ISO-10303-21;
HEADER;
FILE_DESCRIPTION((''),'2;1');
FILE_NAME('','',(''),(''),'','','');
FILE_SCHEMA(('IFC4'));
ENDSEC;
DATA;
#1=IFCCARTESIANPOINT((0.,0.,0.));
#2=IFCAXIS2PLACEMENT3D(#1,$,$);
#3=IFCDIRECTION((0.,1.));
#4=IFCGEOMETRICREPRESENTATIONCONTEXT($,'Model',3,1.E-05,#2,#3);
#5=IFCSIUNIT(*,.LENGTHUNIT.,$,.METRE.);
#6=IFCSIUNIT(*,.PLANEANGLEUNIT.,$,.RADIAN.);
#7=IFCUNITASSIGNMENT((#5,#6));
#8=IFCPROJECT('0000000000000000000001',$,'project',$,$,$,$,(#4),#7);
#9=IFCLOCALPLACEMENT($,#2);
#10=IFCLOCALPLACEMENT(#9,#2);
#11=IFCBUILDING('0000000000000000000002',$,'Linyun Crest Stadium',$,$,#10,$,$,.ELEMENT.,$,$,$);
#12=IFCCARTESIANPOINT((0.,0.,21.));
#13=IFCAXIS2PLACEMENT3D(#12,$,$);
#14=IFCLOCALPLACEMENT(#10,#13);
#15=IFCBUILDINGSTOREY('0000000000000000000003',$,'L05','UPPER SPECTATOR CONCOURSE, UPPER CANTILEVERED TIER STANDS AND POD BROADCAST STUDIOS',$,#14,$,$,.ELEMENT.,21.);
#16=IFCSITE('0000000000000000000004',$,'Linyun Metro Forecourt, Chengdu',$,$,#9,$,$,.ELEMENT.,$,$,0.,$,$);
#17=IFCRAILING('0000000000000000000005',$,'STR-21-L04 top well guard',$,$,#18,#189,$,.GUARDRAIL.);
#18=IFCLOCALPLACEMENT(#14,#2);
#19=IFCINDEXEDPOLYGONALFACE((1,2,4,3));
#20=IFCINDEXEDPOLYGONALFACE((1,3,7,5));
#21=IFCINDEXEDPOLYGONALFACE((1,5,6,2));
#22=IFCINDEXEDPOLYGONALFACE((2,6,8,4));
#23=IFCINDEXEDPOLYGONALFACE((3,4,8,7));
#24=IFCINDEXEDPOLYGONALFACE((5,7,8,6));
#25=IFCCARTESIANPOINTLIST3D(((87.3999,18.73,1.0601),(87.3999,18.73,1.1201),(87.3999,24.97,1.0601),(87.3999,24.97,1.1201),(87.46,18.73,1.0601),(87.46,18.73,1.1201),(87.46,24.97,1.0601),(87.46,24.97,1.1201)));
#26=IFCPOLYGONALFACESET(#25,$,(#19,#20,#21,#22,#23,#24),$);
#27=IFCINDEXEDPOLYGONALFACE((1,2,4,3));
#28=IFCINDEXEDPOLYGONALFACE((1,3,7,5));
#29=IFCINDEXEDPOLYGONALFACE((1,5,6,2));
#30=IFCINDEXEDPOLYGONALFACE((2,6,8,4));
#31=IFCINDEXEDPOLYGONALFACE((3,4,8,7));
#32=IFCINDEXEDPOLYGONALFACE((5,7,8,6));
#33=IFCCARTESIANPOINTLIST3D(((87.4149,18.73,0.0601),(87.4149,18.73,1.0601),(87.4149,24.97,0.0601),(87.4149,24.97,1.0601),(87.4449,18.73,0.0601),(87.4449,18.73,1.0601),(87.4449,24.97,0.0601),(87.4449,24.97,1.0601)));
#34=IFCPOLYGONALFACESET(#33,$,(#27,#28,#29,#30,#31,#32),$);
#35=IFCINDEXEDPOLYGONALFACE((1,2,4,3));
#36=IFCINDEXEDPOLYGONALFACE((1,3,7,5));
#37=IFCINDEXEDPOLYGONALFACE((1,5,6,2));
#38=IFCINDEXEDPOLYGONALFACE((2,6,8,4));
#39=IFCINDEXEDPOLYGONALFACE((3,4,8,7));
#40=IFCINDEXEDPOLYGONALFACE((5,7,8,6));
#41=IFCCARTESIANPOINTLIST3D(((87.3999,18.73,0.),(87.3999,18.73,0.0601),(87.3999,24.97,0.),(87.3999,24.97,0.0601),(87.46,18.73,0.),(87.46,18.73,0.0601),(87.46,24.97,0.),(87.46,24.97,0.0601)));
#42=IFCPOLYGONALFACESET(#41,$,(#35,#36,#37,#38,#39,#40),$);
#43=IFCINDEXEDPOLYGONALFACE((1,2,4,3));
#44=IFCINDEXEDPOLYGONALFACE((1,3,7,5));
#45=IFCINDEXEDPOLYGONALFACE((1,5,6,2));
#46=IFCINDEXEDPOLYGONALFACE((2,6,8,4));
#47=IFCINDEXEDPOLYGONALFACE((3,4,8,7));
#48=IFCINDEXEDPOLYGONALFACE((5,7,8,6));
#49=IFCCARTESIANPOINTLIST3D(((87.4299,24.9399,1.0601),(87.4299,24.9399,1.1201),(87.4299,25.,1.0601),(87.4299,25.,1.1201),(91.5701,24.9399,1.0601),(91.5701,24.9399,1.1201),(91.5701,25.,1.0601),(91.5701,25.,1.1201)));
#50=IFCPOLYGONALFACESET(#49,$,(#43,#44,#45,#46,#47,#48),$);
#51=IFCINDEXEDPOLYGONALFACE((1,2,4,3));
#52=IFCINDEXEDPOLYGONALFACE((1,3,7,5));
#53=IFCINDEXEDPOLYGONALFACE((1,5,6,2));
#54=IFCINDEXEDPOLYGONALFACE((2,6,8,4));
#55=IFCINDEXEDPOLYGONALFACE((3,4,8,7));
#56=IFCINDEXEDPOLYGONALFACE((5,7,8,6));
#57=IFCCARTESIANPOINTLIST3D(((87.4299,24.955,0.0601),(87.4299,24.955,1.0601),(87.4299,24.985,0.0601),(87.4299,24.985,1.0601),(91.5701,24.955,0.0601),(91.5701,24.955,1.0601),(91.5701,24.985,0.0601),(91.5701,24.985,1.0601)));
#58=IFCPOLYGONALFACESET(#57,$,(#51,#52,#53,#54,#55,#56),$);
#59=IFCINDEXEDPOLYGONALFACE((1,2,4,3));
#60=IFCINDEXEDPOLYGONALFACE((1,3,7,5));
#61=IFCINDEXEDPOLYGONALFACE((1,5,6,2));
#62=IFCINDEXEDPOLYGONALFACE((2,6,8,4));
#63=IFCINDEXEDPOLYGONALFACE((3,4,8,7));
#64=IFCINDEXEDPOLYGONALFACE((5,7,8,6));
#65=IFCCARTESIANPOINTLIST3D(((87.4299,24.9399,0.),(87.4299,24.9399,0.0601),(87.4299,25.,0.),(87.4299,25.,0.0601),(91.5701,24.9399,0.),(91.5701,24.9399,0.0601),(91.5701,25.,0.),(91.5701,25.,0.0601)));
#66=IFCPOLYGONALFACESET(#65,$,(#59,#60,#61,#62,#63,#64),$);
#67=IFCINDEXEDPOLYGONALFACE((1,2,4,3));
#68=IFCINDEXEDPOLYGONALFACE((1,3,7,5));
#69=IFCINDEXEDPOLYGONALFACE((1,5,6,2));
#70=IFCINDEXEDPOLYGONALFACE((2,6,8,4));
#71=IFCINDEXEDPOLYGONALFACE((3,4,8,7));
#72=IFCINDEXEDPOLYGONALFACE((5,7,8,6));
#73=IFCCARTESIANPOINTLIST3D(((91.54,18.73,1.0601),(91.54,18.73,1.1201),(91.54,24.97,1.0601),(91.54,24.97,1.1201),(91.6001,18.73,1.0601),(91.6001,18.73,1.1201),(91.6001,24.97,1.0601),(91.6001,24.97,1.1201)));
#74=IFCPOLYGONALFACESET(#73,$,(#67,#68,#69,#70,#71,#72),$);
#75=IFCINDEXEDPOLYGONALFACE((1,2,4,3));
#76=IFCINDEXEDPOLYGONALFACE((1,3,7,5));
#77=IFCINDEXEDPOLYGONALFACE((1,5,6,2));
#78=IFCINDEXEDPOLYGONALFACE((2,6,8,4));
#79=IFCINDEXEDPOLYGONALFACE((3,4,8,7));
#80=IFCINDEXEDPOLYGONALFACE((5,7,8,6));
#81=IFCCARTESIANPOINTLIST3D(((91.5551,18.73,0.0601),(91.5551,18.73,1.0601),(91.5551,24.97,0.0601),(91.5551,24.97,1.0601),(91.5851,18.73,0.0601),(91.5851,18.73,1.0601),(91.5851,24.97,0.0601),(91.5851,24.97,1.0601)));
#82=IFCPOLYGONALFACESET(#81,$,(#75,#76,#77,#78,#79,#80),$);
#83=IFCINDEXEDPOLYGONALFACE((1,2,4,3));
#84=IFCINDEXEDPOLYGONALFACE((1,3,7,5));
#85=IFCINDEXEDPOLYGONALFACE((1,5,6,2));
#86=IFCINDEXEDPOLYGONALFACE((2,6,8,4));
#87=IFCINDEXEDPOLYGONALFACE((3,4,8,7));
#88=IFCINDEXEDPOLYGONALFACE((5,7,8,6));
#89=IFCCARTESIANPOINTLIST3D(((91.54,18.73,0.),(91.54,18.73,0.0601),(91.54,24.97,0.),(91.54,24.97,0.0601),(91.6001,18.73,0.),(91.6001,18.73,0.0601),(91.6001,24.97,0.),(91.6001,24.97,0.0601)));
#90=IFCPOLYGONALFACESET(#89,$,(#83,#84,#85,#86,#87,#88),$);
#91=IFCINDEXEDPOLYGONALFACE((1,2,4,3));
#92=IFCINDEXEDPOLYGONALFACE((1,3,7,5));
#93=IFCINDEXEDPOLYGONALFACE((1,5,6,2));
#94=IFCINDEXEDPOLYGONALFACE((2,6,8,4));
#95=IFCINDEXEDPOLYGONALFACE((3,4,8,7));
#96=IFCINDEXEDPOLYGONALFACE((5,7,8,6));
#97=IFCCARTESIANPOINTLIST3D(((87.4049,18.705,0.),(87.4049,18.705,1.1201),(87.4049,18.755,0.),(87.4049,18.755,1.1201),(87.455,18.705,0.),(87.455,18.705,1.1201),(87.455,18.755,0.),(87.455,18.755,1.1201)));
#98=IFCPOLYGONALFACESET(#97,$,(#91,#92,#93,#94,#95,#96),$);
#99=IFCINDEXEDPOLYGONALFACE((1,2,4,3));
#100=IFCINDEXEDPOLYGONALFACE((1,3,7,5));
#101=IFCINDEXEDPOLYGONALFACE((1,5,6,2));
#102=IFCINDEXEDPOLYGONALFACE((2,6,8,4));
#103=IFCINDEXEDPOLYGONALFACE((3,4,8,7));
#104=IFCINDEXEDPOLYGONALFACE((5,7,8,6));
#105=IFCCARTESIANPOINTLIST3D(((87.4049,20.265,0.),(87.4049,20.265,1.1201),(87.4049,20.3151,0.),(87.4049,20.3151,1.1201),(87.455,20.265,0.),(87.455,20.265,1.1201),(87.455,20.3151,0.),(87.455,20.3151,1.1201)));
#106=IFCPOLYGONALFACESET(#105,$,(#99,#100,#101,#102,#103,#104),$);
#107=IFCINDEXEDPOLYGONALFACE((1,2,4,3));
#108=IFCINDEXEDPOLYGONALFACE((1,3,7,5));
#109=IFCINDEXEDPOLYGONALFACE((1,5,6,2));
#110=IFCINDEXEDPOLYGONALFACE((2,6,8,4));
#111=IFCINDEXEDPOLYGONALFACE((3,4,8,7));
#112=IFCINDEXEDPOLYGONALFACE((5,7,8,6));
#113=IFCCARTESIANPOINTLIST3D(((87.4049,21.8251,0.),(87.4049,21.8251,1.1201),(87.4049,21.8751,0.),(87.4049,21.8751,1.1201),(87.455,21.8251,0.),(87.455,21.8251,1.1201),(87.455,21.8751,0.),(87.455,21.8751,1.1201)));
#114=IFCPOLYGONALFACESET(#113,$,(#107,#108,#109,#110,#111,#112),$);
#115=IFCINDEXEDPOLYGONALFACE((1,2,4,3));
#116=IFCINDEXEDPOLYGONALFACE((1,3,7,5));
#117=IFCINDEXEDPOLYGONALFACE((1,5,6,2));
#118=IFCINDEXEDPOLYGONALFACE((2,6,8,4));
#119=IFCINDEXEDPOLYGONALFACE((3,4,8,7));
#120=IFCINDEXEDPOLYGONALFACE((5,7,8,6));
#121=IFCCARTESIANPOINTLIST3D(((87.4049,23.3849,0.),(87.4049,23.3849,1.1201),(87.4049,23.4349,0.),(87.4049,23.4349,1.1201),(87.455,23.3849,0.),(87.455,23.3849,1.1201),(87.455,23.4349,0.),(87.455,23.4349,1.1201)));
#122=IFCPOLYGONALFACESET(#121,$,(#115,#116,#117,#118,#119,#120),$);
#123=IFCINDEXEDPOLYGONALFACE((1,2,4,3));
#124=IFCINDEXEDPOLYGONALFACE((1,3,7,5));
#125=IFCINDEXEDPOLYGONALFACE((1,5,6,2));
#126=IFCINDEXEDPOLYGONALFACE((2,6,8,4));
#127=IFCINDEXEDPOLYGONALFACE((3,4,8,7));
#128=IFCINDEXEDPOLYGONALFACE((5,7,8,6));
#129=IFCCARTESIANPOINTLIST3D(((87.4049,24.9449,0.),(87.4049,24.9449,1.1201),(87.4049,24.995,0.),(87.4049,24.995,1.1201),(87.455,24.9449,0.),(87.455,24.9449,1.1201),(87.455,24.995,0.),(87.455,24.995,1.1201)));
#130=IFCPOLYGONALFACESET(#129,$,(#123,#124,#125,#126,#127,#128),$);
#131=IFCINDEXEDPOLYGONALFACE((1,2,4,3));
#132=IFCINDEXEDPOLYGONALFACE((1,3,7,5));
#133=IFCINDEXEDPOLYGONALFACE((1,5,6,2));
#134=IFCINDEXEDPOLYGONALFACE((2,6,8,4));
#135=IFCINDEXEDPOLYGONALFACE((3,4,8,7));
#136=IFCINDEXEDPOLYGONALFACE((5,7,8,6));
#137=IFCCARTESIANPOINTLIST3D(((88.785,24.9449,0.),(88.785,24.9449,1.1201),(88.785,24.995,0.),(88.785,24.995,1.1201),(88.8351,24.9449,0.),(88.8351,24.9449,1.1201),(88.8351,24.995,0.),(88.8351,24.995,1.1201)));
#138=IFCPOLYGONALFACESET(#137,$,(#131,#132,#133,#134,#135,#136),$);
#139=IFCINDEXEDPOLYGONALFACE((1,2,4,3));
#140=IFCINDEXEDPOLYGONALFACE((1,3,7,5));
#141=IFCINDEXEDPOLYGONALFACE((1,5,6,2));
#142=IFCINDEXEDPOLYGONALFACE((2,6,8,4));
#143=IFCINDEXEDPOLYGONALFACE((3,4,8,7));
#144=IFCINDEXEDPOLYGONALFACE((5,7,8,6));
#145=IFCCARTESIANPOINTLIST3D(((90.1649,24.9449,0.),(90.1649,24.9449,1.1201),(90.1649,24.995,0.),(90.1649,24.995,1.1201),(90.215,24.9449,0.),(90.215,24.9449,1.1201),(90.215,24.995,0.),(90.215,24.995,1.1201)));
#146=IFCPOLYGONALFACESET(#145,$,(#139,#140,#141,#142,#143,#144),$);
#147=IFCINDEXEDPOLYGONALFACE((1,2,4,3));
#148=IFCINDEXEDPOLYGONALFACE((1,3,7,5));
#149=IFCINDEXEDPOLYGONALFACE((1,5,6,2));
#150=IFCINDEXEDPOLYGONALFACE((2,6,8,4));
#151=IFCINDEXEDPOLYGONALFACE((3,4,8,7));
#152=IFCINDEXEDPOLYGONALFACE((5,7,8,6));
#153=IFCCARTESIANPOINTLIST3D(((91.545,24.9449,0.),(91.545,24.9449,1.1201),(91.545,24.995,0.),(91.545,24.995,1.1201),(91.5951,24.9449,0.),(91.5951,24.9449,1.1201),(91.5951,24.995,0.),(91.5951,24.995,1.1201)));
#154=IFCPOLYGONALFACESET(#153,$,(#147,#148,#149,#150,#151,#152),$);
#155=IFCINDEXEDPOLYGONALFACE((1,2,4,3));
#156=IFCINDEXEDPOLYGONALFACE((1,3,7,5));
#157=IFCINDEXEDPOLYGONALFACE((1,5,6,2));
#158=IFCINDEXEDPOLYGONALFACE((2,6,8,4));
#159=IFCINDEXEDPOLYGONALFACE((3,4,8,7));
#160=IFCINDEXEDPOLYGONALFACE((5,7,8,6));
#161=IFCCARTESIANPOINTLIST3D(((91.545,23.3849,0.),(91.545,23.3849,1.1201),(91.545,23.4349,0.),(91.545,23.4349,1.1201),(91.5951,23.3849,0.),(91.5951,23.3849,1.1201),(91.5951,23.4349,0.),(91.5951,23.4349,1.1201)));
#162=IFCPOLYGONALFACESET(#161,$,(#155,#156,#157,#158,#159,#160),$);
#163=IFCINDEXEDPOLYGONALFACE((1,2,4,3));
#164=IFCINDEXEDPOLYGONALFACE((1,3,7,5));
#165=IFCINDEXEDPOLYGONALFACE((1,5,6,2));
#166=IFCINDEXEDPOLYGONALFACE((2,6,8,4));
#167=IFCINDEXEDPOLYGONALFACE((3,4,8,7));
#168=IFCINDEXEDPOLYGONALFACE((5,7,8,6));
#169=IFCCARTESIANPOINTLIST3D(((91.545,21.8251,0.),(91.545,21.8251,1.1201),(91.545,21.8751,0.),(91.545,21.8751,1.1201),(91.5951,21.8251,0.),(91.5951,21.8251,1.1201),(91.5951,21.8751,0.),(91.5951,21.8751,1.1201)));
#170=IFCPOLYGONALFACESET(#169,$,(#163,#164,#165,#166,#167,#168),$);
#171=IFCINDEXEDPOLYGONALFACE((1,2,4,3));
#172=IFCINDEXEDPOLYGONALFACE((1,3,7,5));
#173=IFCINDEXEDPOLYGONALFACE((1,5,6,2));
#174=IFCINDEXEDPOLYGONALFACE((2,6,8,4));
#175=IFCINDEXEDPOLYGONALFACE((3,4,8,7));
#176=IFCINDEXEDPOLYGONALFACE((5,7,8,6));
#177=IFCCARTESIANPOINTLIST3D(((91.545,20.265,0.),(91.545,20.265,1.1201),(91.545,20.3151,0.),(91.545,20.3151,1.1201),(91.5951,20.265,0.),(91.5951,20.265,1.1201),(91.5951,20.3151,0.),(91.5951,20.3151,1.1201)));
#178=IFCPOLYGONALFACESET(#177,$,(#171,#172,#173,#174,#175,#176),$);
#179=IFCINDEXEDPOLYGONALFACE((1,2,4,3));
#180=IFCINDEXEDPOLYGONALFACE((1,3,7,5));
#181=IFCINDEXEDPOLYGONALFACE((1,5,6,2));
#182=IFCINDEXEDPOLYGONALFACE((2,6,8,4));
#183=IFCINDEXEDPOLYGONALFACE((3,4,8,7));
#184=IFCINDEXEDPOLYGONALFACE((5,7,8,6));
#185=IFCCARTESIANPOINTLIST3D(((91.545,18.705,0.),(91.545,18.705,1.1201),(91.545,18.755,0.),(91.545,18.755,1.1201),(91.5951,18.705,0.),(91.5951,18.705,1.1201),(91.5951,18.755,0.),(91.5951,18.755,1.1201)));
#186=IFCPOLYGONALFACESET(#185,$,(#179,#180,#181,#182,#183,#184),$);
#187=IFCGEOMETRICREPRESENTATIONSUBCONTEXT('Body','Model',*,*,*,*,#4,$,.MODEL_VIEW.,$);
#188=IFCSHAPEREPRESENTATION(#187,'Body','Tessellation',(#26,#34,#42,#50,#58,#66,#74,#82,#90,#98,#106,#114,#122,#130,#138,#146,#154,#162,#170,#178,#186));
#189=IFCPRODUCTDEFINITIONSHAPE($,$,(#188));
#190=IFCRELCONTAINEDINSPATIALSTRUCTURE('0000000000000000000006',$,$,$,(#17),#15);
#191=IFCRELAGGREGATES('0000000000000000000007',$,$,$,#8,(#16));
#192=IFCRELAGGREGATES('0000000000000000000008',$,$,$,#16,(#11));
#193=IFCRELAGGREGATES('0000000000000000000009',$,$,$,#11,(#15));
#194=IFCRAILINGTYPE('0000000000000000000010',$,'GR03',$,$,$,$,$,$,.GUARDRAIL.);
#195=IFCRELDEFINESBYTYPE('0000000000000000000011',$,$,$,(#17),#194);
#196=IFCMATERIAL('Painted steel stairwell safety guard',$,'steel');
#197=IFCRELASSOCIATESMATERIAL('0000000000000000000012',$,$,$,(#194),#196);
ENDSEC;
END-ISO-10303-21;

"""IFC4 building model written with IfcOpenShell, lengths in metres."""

from ifc_helpers import new_model, si_unit, direction, frame, origin, origin_2d, place, context, subcontext, project, spatial, rectangle, extrude, material, type_object, element, save


model = new_model("IFC4")

# Units and contexts
model_context = context("Model", 3, precision=1e-05, world=origin(), true_north=direction((0.0, 1.0)))
body_context = subcontext(model_context, "Body", "Model", "MODEL_VIEW")
ifc_project = project(units=[si_unit("LENGTHUNIT", "METRE"), si_unit("PLANEANGLEUNIT", "RADIAN")], contexts=[model_context])

# Site, building, storey
site_placement = place(None, origin())
site = spatial("IfcSite", under=ifc_project, at=site_placement, Name="Linyun Metro Forecourt, Chengdu", CompositionType="ELEMENT", RefElevation=0.0)
building_placement = place(site_placement, origin())
building = spatial("IfcBuilding", under=site, at=building_placement, Name="Linyun Crest Stadium", CompositionType="ELEMENT")
storey_placement = place(building_placement, frame((0.0, 0.0, 21.0)))
storey = spatial("IfcBuildingStorey", under=building, at=storey_placement, Name="L05", Description="UPPER SPECTATOR CONCOURSE, UPPER CANTILEVERED TIER STANDS AND POD BROADCAST STUDIOS", CompositionType="ELEMENT", Elevation=21.0)

# Railing
ifc_material_1 = material(Name="Painted steel stairwell safety guard", Category="steel")
railing_type_1 = type_object("IfcRailingType", Name="GR03", PredefinedType="GUARDRAIL", material=ifc_material_1)
railing_1_placement = place(storey_placement, frame((87.4299, 18.73, 0.0)))
element("IfcRailing", 1, at=railing_1_placement, inside=storey, type_object=railing_type_1, Name="STR-21-L04 top well guard", PredefinedType="GUARDRAIL", context=body_context, shape_type="SweptSolid", body=[
    extrude(rectangle(XDim=0.0601, YDim=0.0601, at=origin_2d()), frame((0.0, 0.0, 1.0901), z_axis=(0.0, 1.0, 0.0), x_axis=(-1.0, 0.0, 0.0)), (0.0, 0.0, 1.0), 6.24),
    extrude(rectangle(XDim=0.03, YDim=1.0, at=origin_2d()), frame((0.0, 0.0, 0.5601), z_axis=(0.0, 1.0, 0.0), x_axis=(-1.0, 0.0, 0.0)), (0.0, 0.0, 1.0), 6.24),
    extrude(rectangle(XDim=0.0601, YDim=0.0601, at=origin_2d()), frame((0.0, 0.0, 0.03), z_axis=(0.0, 1.0, 0.0), x_axis=(-1.0, 0.0, 0.0)), (0.0, 0.0, 1.0), 6.24),
    extrude(rectangle(XDim=0.0601, YDim=0.0601, at=origin_2d()), frame((0.0, 6.24, 1.0901), z_axis=(1.0, 0.0, 0.0), x_axis=(0.0, 1.0, 0.0)), (0.0, 0.0, 1.0), 4.1401),
    extrude(rectangle(XDim=0.03, YDim=1.0, at=origin_2d()), frame((0.0, 6.24, 0.5601), z_axis=(1.0, 0.0, 0.0), x_axis=(0.0, 1.0, 0.0)), (0.0, 0.0, 1.0), 4.1401),
    extrude(rectangle(XDim=0.0601, YDim=0.0601, at=origin_2d()), frame((0.0, 6.24, 0.03), z_axis=(1.0, 0.0, 0.0), x_axis=(0.0, 1.0, 0.0)), (0.0, 0.0, 1.0), 4.1401),
    extrude(rectangle(XDim=0.0601, YDim=0.0601, at=origin_2d()), frame((4.1401, 6.24, 1.0901), z_axis=(0.0, -1.0, 0.0), x_axis=(1.0, 0.0, 0.0)), (0.0, 0.0, 1.0), 6.24),
    extrude(rectangle(XDim=0.03, YDim=1.0, at=origin_2d()), frame((4.1401, 6.24, 0.5601), z_axis=(0.0, -1.0, 0.0), x_axis=(1.0, 0.0, 0.0)), (0.0, 0.0, 1.0), 6.24),
    extrude(rectangle(XDim=0.0601, YDim=0.0601, at=origin_2d()), frame((4.1401, 6.24, 0.03), z_axis=(0.0, -1.0, 0.0), x_axis=(1.0, 0.0, 0.0)), (0.0, 0.0, 1.0), 6.24),
    extrude(rectangle(XDim=0.05, YDim=0.05, at=origin_2d()), origin(), (0.0, 0.0, 1.0), 1.1201),
    extrude(rectangle(XDim=0.05, YDim=0.05, at=origin_2d()), frame((0.0, 1.5601, 0.0)), (0.0, 0.0, 1.0), 1.1201),
    extrude(rectangle(XDim=0.05, YDim=0.05, at=origin_2d()), frame((0.0, 3.1201, 0.0)), (0.0, 0.0, 1.0), 1.1201),
    extrude(rectangle(XDim=0.05, YDim=0.05, at=origin_2d()), frame((0.0, 4.6799, 0.0)), (0.0, 0.0, 1.0), 1.1201),
    extrude(rectangle(XDim=0.05, YDim=0.05, at=origin_2d()), frame((0.0, 6.24, 0.0)), (0.0, 0.0, 1.0), 1.1201),
    extrude(rectangle(XDim=0.05, YDim=0.05, at=origin_2d()), frame((1.3801, 6.24, 0.0)), (0.0, 0.0, 1.0), 1.1201),
    extrude(rectangle(XDim=0.05, YDim=0.05, at=origin_2d()), frame((2.76, 6.24, 0.0)), (0.0, 0.0, 1.0), 1.1201),
    extrude(rectangle(XDim=0.05, YDim=0.05, at=origin_2d()), frame((4.1401, 6.24, 0.0)), (0.0, 0.0, 1.0), 1.1201),
    extrude(rectangle(XDim=0.05, YDim=0.05, at=origin_2d()), frame((4.1401, 4.6799, 0.0)), (0.0, 0.0, 1.0), 1.1201),
    extrude(rectangle(XDim=0.05, YDim=0.05, at=origin_2d()), frame((4.1401, 3.1201, 0.0)), (0.0, 0.0, 1.0), 1.1201),
    extrude(rectangle(XDim=0.05, YDim=0.05, at=origin_2d()), frame((4.1401, 1.5601, 0.0)), (0.0, 0.0, 1.0), 1.1201),
    extrude(rectangle(XDim=0.05, YDim=0.05, at=origin_2d()), frame((4.1401, 0.0, 0.0)), (0.0, 0.0, 1.0), 1.1201),
])

save(model, "model.ifc")
